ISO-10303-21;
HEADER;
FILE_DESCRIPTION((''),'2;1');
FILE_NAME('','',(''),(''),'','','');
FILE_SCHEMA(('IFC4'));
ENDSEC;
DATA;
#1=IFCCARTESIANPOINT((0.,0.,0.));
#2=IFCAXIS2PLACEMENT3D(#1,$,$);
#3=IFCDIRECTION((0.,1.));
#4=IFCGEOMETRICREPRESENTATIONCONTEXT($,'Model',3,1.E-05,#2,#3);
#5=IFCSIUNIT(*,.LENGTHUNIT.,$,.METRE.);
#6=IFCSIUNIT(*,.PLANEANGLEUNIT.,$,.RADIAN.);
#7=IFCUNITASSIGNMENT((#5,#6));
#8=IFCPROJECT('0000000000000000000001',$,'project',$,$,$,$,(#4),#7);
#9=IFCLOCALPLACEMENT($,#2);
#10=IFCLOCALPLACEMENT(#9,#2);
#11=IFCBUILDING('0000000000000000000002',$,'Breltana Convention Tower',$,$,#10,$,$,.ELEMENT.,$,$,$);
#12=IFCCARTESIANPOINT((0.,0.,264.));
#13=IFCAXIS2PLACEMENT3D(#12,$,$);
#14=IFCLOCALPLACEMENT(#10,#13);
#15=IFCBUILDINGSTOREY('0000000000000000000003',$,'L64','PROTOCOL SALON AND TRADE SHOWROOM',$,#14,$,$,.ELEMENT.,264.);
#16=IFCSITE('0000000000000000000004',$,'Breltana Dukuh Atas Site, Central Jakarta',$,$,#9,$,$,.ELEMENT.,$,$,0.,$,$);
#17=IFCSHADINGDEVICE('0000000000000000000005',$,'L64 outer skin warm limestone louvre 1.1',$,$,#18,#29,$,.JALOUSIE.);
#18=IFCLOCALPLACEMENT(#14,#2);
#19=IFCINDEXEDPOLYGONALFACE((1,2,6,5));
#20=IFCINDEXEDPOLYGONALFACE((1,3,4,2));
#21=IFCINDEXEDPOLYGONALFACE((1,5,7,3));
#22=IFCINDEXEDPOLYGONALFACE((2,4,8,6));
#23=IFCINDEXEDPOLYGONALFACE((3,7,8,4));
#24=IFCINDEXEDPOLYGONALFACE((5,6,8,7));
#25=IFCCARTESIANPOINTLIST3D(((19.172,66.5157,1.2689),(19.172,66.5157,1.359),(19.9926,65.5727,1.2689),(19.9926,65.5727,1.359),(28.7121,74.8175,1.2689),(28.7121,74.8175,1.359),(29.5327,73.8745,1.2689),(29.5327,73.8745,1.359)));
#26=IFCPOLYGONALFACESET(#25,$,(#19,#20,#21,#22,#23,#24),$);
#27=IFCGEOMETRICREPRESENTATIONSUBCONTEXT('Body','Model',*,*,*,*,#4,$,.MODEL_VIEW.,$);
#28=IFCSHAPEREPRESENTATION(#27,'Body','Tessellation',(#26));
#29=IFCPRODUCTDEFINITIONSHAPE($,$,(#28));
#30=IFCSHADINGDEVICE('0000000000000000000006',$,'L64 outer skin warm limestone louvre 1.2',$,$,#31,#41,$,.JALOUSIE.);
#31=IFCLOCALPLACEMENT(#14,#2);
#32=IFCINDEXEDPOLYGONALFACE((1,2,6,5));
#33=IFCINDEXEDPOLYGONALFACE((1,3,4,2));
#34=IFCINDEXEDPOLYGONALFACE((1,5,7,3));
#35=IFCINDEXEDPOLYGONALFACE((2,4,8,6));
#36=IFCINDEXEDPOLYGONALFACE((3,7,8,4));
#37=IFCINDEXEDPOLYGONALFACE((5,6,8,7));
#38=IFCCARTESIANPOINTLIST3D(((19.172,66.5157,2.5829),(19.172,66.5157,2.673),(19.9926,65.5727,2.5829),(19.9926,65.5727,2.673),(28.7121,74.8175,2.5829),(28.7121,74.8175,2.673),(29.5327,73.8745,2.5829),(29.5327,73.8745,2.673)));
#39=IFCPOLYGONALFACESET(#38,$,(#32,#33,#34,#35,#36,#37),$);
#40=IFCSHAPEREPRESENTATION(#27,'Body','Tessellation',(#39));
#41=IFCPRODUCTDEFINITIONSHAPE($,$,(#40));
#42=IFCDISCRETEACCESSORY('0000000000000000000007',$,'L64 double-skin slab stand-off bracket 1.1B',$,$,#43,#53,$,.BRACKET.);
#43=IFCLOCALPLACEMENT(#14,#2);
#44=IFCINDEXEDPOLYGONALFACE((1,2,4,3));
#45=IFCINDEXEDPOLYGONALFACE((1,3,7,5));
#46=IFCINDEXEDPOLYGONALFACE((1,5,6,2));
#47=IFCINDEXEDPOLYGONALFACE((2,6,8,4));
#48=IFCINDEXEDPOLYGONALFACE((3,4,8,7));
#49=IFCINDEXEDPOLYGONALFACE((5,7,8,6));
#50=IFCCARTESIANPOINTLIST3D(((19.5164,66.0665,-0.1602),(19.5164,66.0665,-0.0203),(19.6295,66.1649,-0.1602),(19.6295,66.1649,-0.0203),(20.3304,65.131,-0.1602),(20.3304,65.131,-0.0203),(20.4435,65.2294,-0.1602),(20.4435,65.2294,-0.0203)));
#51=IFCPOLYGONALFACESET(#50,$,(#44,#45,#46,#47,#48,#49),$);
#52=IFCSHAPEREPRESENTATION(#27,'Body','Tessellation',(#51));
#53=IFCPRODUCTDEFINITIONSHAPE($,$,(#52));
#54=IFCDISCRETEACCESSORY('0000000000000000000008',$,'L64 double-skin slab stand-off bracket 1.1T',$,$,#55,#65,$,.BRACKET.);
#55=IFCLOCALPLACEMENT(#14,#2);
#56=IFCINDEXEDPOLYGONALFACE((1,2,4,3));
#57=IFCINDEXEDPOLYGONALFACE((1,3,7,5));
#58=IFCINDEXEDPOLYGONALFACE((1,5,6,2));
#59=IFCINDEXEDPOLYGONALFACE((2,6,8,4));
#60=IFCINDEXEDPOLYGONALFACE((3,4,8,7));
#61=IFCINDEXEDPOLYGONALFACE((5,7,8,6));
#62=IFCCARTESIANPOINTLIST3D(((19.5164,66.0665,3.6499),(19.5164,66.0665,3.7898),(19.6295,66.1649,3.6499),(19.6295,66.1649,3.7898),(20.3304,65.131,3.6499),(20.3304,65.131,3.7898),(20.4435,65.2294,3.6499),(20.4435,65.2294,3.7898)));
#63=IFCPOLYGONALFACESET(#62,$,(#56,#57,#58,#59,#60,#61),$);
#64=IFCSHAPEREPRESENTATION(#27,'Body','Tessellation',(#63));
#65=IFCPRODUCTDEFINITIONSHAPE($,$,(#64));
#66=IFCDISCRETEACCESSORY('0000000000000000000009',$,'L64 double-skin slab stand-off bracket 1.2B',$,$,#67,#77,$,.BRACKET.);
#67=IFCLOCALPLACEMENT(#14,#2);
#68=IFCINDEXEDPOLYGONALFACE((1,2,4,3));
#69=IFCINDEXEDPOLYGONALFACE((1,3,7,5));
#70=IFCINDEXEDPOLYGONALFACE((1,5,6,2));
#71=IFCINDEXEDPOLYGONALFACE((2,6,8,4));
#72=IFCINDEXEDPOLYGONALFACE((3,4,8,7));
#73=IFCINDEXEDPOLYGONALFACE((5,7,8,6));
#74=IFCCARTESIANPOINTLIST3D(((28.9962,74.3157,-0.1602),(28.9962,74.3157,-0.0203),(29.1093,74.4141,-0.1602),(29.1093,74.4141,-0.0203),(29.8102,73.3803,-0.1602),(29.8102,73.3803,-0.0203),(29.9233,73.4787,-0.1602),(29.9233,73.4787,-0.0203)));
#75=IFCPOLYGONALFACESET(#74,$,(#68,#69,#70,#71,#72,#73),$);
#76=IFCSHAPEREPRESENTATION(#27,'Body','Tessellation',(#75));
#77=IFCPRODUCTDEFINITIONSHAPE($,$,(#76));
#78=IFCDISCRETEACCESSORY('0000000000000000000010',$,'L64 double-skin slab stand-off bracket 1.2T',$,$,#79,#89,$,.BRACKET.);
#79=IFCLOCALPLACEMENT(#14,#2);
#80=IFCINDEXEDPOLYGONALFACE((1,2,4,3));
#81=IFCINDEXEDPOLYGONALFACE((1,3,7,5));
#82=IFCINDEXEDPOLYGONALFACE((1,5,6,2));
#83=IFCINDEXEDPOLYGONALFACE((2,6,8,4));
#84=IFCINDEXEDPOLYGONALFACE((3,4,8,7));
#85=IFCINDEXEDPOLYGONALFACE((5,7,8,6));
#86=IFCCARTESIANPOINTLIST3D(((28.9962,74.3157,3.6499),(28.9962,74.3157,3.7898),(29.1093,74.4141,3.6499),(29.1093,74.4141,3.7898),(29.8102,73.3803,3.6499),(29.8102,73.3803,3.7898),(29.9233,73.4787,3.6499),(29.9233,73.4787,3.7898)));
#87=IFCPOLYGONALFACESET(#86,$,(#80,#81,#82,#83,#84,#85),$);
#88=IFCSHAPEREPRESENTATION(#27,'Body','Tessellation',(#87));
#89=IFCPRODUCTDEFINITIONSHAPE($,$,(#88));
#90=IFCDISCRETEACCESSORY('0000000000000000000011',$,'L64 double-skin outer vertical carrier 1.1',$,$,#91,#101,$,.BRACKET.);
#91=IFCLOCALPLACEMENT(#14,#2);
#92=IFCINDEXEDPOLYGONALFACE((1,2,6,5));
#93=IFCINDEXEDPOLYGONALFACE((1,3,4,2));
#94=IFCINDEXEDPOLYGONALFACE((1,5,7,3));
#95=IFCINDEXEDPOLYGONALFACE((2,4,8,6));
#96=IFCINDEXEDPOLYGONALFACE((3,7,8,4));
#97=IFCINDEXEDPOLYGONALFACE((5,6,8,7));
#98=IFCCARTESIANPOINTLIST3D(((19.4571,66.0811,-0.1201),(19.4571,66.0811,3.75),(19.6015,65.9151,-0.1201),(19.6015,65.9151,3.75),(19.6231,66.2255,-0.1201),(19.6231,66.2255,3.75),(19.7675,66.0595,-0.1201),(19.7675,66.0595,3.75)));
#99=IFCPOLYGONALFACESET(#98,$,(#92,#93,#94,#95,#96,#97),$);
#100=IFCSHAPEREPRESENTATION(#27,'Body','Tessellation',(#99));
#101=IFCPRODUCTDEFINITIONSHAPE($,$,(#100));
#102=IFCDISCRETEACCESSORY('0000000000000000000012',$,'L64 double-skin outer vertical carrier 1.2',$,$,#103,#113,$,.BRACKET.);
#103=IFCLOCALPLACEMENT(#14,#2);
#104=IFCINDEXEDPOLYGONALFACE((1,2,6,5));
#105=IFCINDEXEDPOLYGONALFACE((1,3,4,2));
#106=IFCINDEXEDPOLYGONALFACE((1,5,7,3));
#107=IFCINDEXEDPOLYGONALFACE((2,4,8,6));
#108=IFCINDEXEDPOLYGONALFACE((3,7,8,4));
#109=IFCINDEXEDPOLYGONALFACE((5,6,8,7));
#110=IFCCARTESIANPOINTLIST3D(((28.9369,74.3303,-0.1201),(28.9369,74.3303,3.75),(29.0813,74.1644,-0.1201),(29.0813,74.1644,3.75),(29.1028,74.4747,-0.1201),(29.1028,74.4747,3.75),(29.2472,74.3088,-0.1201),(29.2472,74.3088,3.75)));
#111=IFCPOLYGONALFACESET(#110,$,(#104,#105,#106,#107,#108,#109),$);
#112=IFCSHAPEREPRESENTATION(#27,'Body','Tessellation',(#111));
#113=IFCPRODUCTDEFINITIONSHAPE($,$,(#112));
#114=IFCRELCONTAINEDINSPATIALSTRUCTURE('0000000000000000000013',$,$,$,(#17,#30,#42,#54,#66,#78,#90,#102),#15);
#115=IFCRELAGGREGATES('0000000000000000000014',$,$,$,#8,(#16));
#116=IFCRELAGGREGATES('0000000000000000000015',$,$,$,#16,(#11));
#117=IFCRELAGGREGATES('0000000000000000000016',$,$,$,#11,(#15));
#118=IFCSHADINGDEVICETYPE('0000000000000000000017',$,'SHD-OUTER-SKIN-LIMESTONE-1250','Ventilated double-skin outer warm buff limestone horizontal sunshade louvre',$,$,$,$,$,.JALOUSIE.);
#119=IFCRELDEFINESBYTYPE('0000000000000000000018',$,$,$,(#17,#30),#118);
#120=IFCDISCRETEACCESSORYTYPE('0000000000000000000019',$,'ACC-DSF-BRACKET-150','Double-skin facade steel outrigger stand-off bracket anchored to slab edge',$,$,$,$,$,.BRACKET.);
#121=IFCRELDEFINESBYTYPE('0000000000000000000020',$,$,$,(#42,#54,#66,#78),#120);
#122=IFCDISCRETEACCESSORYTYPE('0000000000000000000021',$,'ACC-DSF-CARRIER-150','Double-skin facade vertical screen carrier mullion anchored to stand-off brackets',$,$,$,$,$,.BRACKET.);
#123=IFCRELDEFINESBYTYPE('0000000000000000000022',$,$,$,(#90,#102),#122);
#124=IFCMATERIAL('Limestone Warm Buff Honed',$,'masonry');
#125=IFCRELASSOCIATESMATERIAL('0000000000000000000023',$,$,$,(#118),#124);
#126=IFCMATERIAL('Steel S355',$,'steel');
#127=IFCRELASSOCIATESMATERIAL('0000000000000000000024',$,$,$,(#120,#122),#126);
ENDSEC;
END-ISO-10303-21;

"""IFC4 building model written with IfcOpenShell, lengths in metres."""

from ifc_helpers import new_model, si_unit, direction, frame, origin, origin_2d, place, context, subcontext, project, spatial, rectangle, extrude, source, transform, mapped, material, material_profile, profile_set, type_object, type_shapes, element, save


model = new_model("IFC4")

# Units and contexts
model_context = context("Model", 3, precision=1e-05, world=origin(), true_north=direction((0.0, 1.0)))
body_context = subcontext(model_context, "Body", "Model", "MODEL_VIEW")
ifc_project = project(units=[si_unit("LENGTHUNIT", "METRE"), si_unit("PLANEANGLEUNIT", "RADIAN")], contexts=[model_context])

# Site, building, storey
site_placement = place(None, origin())
site = spatial("IfcSite", under=ifc_project, at=site_placement, Name="Breltana Dukuh Atas Site, Central Jakarta", CompositionType="ELEMENT", RefElevation=0.0)
building_placement = place(site_placement, origin())
building = spatial("IfcBuilding", under=site, at=building_placement, Name="Breltana Convention Tower", CompositionType="ELEMENT")
storey_placement = place(building_placement, frame((0.0, 0.0, 264.0)))
storey = spatial("IfcBuildingStorey", under=building, at=storey_placement, Name="L64", Description="PROTOCOL SALON AND TRADE SHOWROOM", CompositionType="ELEMENT", Elevation=264.0)

# Shading devices
ifc_material_1 = material(Name="Limestone Warm Buff Honed", Category="masonry")
ifc_material_profile_1 = material_profile(ifc_material_1, rectangle(XDim=1.25, YDim=0.0901, at=origin_2d()), Name="STN-LVR-1250X90")
ifc_profile_set_1 = profile_set([ifc_material_profile_1], Name="Limestone Warm Buff Honed")
shading_device_type = type_object("IfcShadingDeviceType", Name="SHD-OUTER-SKIN-LIMESTONE-1250", Description="Ventilated double-skin outer warm buff limestone horizontal sunshade louvre", PredefinedType="JALOUSIE", material=ifc_profile_set_1)
shared_shape_1 = source(origin(), body_context, "Body", "SweptSolid", [
    extrude(rectangle(XDim=1.25, YDim=0.0901, at=origin_2d()), origin(), (0.0, 0.0, 1.0), 12.6465),
])
for number, where, z_axis, x_axis, name in (
    (1, (19.5823, 66.0442, 1.314), (0.754368, 0.656452, 0.0), (-0.656452, 0.754368, 0.0), "L64 outer skin warm limestone louvre 1.1"),
    (2, (19.5823, 66.0442, 2.6279), (0.754368, 0.656452, 0.0), (-0.656452, 0.754368, 0.0), "L64 outer skin warm limestone louvre 1.2"),
):
    element("IfcShadingDevice", number, at=place(storey_placement, frame(where, z_axis=z_axis, x_axis=x_axis)), inside=storey, type_object=shading_device_type, Name=name, PredefinedType="JALOUSIE", context=body_context, shape_type="MappedRepresentation", body=[
        mapped(shared_shape_1, transform((0.0, 0.0, 0.0), scale=1.0)),
    ])

# Discrete accessories
ifc_material_2 = material(Name="Steel S355", Category="steel")
discrete_accessory_type_1 = type_object("IfcDiscreteAccessoryType", Name="ACC-DSF-BRACKET-150", Description="Double-skin facade steel outrigger stand-off bracket anchored to slab edge", PredefinedType="BRACKET", material=ifc_material_2)
shared_shape_2 = source(origin(), body_context, "Body", "SweptSolid", [
    extrude(rectangle(XDim=1.24, YDim=0.1499, at=origin_2d()), origin(), (0.0, 0.0, 1.0), 0.1399),
])
type_shapes(discrete_accessory_type_1, [shared_shape_2])
for number, where, z_axis, x_axis, name in (
    (3, (19.98, 65.6479, -0.1602), (0.0, 0.0, 1.0), (-0.656454, 0.754366, 0.0), "L64 double-skin slab stand-off bracket 1.1B"),
    (4, (19.98, 65.6479, 3.6499), (0.0, 0.0, 1.0), (-0.656454, 0.754366, 0.0), "L64 double-skin slab stand-off bracket 1.1T"),
    (5, (29.4597, 73.8972, -0.1602), (0.0, 0.0, 1.0), (-0.656454, 0.754366, 0.0), "L64 double-skin slab stand-off bracket 1.2B"),
    (6, (29.4597, 73.8972, 3.6499), (0.0, 0.0, 1.0), (-0.656454, 0.754366, 0.0), "L64 double-skin slab stand-off bracket 1.2T"),
):
    element("IfcDiscreteAccessory", number, at=place(storey_placement, frame(where, z_axis=z_axis, x_axis=x_axis)), inside=storey, type_object=discrete_accessory_type_1, Name=name, PredefinedType="BRACKET", context=body_context, shape_type="MappedRepresentation", body=[
        mapped(shared_shape_2, transform((0.0, 0.0, 0.0), scale=1.0)),
    ])
discrete_accessory_type_2 = type_object("IfcDiscreteAccessoryType", Name="ACC-DSF-CARRIER-150", Description="Double-skin facade vertical screen carrier mullion anchored to stand-off brackets", PredefinedType="BRACKET", material=ifc_material_2)
shared_shape_3 = source(origin(), body_context, "Body", "SweptSolid", [
    extrude(rectangle(XDim=0.22, YDim=0.22, at=origin_2d()), origin(), (0.0, 0.0, 1.0), 3.8701),
])
for number, where, z_axis, x_axis, name in (
    (7, (19.6123, 66.0703, -0.1201), (0.0, 0.0, 1.0), (-0.656454, 0.754366, 0.0), "L64 double-skin outer vertical carrier 1.1"),
    (8, (29.092, 74.3196, -0.1201), (0.0, 0.0, 1.0), (-0.656454, 0.754366, 0.0), "L64 double-skin outer vertical carrier 1.2"),
):
    element("IfcDiscreteAccessory", number, at=place(storey_placement, frame(where, z_axis=z_axis, x_axis=x_axis)), inside=storey, type_object=discrete_accessory_type_2, Name=name, PredefinedType="BRACKET", context=body_context, shape_type="MappedRepresentation", body=[
        mapped(shared_shape_3, transform((0.0, 0.0, 0.0), scale=1.0)),
    ])

save(model, "model.ifc")
